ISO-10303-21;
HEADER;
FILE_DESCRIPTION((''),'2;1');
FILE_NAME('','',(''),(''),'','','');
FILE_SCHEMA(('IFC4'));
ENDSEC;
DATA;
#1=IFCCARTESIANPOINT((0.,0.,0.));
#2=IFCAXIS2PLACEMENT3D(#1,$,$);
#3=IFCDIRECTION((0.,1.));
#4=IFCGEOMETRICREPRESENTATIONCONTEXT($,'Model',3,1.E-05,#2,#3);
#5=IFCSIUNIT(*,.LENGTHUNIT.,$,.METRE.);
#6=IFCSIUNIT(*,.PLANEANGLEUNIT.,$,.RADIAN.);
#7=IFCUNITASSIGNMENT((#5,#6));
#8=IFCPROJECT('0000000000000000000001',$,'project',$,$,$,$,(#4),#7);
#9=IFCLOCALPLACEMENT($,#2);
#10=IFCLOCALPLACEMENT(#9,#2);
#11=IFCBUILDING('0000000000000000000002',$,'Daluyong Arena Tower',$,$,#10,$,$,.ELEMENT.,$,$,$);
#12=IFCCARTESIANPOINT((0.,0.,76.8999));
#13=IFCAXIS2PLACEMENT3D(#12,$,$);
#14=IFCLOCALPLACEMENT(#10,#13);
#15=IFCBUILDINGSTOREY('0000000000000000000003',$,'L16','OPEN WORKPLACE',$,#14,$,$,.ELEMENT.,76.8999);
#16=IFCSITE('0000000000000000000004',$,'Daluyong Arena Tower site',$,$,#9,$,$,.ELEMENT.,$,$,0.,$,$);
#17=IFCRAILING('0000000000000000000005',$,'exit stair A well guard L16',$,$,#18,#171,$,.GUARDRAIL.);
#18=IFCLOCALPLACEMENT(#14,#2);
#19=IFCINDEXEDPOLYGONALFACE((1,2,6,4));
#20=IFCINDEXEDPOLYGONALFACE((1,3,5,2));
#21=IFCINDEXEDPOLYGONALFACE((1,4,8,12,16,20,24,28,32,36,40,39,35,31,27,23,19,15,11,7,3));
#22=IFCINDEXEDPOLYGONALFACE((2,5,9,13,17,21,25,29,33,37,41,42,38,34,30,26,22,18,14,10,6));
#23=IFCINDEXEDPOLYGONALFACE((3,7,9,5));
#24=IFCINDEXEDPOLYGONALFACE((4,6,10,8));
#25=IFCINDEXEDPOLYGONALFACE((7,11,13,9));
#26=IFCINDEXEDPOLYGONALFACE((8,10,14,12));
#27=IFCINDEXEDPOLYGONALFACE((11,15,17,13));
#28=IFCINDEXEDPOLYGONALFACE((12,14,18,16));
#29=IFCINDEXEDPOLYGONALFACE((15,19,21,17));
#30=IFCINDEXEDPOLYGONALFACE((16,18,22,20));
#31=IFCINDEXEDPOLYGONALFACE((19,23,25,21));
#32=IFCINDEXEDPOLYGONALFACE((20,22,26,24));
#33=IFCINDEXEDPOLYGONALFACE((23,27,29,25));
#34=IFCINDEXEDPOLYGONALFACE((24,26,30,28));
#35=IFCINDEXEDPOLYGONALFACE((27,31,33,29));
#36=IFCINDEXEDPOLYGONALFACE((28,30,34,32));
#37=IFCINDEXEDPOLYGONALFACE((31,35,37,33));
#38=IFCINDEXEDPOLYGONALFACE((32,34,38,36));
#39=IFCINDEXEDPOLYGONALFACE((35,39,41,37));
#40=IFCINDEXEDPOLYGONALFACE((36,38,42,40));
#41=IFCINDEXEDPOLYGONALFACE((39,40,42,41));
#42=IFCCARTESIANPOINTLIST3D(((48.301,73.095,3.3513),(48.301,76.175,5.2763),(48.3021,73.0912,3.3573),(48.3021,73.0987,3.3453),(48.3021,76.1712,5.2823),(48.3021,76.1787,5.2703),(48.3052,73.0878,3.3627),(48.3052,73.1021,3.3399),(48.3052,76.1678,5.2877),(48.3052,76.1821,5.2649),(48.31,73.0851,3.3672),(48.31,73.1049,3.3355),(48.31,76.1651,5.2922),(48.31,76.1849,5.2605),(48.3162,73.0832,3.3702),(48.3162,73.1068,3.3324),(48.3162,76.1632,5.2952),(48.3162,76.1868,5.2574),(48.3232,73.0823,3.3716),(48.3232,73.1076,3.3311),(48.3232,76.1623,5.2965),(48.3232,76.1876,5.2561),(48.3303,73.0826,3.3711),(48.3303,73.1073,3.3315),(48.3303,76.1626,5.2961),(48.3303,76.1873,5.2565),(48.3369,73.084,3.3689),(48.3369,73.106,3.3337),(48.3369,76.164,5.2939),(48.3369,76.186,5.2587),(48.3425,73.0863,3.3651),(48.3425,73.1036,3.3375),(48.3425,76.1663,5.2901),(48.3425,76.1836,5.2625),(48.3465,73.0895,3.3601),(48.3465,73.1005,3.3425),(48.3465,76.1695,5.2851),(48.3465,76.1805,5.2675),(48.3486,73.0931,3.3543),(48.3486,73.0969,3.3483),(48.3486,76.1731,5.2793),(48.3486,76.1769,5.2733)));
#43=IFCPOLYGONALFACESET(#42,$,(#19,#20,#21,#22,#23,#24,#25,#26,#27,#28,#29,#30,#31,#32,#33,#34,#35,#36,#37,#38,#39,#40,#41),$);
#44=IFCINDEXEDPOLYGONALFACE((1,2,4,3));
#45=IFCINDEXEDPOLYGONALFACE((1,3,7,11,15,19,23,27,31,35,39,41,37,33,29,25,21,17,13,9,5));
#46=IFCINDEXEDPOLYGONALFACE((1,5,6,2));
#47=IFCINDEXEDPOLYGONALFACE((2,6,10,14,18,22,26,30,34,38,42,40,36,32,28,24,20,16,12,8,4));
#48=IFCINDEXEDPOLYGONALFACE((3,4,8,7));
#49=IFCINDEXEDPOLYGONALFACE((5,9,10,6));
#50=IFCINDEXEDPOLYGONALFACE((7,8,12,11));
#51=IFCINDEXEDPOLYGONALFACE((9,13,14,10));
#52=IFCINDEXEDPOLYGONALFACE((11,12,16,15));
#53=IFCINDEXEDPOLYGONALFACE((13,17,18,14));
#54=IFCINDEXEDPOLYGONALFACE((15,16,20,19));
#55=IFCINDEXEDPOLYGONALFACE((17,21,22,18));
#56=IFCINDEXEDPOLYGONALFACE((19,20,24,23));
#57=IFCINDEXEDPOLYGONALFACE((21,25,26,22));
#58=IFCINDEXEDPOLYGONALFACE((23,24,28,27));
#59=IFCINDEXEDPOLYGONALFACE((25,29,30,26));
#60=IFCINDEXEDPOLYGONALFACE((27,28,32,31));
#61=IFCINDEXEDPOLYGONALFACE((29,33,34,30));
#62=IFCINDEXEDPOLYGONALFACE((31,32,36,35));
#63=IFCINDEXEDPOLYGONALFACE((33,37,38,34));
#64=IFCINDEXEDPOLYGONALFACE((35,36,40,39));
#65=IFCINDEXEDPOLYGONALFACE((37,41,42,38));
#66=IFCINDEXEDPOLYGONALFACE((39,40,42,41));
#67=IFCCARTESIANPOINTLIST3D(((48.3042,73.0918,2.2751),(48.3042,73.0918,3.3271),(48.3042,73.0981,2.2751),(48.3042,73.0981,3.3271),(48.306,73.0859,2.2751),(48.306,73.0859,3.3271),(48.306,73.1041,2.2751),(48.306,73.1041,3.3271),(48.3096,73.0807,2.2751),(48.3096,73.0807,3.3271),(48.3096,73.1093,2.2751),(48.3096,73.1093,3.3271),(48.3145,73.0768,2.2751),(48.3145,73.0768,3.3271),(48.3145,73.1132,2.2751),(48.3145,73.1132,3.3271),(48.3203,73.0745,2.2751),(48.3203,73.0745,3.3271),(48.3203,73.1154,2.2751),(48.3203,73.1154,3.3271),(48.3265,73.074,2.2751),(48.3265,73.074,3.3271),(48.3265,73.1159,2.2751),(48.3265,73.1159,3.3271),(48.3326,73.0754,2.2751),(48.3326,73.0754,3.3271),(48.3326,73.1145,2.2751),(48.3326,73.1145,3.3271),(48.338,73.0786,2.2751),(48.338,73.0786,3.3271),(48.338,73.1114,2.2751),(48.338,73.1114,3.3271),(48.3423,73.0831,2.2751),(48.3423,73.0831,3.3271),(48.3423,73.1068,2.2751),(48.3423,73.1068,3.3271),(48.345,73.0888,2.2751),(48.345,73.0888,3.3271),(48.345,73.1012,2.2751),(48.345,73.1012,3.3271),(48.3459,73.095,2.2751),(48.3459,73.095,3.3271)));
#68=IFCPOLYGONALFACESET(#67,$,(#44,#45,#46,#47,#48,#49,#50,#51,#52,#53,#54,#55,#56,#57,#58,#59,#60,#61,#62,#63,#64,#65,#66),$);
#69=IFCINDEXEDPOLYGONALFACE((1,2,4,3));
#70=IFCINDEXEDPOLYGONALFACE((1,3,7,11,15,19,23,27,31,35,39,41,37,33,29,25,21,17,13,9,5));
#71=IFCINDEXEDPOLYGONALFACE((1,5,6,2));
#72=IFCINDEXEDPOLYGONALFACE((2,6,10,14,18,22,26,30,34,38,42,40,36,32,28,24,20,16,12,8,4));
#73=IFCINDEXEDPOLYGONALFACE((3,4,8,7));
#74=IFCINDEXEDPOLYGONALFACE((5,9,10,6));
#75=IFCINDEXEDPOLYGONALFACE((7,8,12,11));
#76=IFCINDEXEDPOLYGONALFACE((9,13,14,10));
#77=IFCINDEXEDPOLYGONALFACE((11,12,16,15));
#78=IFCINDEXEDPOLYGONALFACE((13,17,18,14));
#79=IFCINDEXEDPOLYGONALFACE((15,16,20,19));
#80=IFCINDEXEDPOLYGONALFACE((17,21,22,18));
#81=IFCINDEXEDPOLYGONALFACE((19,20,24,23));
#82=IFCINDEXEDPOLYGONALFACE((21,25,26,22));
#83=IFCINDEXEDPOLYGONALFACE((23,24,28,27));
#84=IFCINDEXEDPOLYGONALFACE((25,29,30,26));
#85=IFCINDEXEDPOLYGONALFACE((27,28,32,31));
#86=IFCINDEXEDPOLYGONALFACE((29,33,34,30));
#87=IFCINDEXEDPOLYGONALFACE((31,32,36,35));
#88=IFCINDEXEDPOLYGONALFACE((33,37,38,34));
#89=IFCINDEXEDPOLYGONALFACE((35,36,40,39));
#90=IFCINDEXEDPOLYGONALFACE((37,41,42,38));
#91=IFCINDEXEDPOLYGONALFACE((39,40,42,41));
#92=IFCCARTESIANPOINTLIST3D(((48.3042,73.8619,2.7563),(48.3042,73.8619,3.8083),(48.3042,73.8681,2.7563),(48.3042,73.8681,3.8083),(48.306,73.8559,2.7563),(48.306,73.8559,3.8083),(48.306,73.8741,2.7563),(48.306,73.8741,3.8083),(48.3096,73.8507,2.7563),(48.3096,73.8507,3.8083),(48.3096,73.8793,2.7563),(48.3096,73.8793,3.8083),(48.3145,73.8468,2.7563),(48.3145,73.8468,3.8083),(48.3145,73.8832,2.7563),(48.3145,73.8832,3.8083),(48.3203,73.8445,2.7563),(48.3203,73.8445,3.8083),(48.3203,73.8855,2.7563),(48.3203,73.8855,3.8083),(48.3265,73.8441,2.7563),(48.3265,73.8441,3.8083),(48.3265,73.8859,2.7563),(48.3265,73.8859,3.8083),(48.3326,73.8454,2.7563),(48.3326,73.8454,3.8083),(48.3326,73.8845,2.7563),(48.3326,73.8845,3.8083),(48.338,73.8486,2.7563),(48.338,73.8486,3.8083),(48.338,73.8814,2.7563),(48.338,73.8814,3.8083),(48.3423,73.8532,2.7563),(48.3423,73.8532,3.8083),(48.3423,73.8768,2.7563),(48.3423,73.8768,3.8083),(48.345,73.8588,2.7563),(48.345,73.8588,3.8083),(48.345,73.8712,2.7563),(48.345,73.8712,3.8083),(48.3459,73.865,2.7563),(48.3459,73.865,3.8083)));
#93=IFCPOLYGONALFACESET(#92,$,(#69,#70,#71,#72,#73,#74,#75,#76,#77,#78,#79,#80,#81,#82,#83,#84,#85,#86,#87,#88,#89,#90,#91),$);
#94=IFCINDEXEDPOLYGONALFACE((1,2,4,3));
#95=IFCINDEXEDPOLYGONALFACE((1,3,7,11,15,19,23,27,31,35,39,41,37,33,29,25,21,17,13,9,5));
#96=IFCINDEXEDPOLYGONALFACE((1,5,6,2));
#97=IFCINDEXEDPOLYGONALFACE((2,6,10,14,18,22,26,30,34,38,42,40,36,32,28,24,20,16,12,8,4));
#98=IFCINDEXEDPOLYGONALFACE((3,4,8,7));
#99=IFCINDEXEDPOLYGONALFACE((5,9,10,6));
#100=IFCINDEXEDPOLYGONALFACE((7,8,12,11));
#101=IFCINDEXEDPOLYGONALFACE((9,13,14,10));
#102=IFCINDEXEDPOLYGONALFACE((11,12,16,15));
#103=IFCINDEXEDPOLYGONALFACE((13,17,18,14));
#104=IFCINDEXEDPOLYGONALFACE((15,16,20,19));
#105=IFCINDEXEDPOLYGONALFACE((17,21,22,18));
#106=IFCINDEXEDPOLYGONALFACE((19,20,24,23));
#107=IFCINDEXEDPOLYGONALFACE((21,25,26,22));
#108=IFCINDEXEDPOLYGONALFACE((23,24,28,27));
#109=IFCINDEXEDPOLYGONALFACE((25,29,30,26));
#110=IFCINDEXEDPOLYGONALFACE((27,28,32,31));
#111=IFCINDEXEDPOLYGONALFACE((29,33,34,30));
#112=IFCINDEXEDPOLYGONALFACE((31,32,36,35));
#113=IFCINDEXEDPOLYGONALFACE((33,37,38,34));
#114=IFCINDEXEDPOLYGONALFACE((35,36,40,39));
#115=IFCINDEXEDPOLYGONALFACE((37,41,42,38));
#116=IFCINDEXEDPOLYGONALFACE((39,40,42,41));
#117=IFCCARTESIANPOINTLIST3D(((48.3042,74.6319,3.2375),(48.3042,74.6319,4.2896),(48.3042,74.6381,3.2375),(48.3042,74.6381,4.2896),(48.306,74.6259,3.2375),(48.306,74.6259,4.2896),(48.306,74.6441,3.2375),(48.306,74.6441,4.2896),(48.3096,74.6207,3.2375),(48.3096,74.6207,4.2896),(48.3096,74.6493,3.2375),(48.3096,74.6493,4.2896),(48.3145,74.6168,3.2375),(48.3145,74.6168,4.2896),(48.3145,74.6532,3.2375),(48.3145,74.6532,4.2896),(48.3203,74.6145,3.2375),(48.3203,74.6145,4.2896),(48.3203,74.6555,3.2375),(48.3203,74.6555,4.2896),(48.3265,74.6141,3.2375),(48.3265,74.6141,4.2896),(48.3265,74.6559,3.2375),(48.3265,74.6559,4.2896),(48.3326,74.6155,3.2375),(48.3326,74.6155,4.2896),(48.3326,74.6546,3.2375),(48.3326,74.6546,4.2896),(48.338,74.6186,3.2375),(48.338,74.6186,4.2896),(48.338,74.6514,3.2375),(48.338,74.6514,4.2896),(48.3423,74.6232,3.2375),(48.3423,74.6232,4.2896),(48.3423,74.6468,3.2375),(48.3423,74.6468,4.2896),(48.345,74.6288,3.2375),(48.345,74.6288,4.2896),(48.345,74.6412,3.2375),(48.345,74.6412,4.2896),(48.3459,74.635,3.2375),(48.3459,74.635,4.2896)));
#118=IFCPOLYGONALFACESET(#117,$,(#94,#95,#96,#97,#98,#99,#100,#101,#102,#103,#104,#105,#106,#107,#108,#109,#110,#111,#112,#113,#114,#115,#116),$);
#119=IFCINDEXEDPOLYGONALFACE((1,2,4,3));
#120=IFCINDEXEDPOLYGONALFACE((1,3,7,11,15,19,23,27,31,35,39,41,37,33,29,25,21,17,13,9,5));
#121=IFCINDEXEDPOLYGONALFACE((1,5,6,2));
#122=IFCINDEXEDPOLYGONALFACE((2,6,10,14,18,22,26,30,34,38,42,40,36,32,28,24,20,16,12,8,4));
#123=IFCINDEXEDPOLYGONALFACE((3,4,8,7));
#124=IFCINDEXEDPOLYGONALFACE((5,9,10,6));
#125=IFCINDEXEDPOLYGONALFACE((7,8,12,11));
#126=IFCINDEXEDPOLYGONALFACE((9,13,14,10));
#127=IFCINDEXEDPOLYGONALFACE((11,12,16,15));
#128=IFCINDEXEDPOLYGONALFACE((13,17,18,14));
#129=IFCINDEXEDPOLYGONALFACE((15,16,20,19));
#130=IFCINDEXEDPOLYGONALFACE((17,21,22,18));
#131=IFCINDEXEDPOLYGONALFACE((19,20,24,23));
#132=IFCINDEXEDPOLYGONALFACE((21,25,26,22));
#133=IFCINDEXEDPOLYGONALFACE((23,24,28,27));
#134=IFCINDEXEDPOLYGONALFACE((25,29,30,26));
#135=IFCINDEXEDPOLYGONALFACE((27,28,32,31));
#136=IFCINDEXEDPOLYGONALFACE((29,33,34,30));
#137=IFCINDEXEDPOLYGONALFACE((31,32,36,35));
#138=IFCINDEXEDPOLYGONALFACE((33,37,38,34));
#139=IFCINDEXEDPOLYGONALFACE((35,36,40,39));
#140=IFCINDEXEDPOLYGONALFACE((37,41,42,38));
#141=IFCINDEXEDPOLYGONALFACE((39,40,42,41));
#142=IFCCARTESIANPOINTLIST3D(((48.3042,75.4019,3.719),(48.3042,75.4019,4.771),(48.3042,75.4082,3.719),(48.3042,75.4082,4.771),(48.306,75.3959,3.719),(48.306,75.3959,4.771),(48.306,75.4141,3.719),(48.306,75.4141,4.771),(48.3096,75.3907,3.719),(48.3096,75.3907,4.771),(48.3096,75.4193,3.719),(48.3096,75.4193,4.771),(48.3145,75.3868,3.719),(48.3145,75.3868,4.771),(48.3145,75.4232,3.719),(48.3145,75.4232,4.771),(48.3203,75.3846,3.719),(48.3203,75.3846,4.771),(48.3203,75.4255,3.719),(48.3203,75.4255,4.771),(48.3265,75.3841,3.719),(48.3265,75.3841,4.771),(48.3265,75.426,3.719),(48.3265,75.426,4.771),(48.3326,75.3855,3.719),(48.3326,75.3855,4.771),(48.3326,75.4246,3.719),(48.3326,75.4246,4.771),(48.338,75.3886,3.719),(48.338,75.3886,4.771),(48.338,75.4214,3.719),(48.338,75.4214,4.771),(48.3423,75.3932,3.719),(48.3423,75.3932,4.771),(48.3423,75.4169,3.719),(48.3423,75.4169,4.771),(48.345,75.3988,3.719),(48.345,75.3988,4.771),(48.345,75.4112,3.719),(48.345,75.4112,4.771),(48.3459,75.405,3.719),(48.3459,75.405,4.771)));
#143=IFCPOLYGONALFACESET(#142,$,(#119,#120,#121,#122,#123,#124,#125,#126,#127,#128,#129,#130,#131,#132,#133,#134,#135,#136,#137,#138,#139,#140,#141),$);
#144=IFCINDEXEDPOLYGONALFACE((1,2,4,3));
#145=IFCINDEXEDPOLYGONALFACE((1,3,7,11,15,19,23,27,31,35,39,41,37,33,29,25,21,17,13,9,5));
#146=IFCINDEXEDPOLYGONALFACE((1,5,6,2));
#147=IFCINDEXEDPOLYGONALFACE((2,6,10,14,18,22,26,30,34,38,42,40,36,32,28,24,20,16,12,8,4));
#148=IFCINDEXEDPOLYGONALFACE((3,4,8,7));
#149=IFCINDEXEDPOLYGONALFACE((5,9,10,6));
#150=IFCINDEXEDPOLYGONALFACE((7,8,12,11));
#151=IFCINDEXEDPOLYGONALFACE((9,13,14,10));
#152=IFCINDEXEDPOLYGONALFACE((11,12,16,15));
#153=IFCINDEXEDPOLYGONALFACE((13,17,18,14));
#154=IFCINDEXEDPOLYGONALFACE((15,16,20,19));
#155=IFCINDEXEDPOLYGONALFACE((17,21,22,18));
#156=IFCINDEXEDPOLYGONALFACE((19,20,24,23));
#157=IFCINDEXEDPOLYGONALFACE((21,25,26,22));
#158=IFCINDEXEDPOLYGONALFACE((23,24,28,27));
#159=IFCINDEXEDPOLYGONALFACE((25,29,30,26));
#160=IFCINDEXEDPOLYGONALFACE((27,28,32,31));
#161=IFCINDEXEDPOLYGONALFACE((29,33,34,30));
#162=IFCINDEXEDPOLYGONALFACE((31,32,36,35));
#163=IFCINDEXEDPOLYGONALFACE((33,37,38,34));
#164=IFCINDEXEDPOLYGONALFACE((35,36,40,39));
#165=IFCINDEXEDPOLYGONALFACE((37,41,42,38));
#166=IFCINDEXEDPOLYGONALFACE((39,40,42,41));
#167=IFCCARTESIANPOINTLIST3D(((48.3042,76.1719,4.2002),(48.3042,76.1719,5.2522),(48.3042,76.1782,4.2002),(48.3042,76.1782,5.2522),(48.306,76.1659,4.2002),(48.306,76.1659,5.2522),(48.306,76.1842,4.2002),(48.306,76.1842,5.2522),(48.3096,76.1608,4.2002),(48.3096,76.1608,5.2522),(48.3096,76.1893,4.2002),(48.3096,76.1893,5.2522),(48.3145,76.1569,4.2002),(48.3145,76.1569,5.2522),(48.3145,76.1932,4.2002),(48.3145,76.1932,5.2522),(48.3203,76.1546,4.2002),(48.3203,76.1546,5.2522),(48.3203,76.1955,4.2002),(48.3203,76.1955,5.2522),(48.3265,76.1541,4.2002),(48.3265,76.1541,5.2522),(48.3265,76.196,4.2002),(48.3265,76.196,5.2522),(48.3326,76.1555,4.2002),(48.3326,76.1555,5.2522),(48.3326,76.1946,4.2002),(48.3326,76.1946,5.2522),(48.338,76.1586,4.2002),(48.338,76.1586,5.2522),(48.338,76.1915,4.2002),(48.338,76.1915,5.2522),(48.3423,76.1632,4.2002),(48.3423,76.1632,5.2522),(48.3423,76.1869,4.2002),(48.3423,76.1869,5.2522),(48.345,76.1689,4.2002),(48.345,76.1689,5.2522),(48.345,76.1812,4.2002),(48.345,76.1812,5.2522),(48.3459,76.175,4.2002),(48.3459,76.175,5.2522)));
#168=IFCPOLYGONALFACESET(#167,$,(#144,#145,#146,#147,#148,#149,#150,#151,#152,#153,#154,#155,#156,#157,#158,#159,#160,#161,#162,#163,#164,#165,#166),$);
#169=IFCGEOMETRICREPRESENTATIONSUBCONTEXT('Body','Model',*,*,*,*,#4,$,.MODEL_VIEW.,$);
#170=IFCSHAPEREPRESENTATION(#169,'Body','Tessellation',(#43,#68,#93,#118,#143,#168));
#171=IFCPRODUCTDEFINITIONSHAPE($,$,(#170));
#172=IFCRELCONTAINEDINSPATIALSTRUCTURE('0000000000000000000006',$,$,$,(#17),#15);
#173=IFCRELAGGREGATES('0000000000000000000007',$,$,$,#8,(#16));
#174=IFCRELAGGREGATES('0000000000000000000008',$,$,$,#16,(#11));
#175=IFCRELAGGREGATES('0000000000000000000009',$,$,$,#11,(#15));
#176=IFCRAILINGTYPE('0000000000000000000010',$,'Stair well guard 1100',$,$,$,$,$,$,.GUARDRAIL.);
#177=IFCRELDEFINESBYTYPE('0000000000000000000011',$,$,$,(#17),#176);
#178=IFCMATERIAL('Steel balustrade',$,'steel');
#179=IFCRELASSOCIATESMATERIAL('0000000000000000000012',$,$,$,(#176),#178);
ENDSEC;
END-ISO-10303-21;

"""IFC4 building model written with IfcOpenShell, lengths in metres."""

from ifc_helpers import new_model, si_unit, direction, frame, origin, origin_2d, place, context, subcontext, project, spatial, circle, extrude, material, type_object, element, save


model = new_model("IFC4")

# Units and contexts
model_context = context("Model", 3, precision=1e-05, world=origin(), true_north=direction((0.0, 1.0)))
body_context = subcontext(model_context, "Body", "Model", "MODEL_VIEW")
ifc_project = project(units=[si_unit("LENGTHUNIT", "METRE"), si_unit("PLANEANGLEUNIT", "RADIAN")], contexts=[model_context])

# Site, building, storey
site_placement = place(None, origin())
site = spatial("IfcSite", under=ifc_project, at=site_placement, Name="Daluyong Arena Tower site", CompositionType="ELEMENT", RefElevation=0.0)
building_placement = place(site_placement, origin())
building = spatial("IfcBuilding", under=site, at=building_placement, Name="Daluyong Arena Tower", CompositionType="ELEMENT")
storey_placement = place(building_placement, frame((0.0, 0.0, 76.8999)))
storey = spatial("IfcBuildingStorey", under=building, at=storey_placement, Name="L16", Description="OPEN WORKPLACE", CompositionType="ELEMENT", Elevation=76.8999)

# Railing
ifc_material_1 = material(Name="Steel balustrade", Category="steel")
railing_type_1 = type_object("IfcRailingType", Name="Stair well guard 1100", PredefinedType="GUARDRAIL", material=ifc_material_1)
railing_1_placement = place(storey_placement, frame((48.325, 73.095, 2.2751)))
element("IfcRailing", 1, at=railing_1_placement, inside=storey, type_object=railing_type_1, Name="exit stair A well guard L16", PredefinedType="GUARDRAIL", context=body_context, shape_type="SweptSolid", body=[
    extrude(circle(Radius=0.0239, at=origin_2d()), frame((0.0, 0.0, 1.0762), z_axis=(0.0, 0.847998, 0.529999), x_axis=(-1.0, 0.0, 0.0)), (0.0, 0.0, 1.0), 3.6321),
    extrude(circle(Radius=0.021, at=origin_2d()), origin(), (0.0, 0.0, 1.0), 1.052),
    extrude(circle(Radius=0.021, at=origin_2d()), frame((0.0, 0.77, 0.4812)), (0.0, 0.0, 1.0), 1.052),
    extrude(circle(Radius=0.021, at=origin_2d()), frame((0.0, 1.54, 0.9624)), (0.0, 0.0, 1.0), 1.052),
    extrude(circle(Radius=0.021, at=origin_2d()), frame((0.0, 2.3101, 1.4438)), (0.0, 0.0, 1.0), 1.052),
    extrude(circle(Radius=0.021, at=origin_2d()), frame((0.0, 3.0801, 1.925)), (0.0, 0.0, 1.0), 1.052),
])

save(model, "model.ifc")
